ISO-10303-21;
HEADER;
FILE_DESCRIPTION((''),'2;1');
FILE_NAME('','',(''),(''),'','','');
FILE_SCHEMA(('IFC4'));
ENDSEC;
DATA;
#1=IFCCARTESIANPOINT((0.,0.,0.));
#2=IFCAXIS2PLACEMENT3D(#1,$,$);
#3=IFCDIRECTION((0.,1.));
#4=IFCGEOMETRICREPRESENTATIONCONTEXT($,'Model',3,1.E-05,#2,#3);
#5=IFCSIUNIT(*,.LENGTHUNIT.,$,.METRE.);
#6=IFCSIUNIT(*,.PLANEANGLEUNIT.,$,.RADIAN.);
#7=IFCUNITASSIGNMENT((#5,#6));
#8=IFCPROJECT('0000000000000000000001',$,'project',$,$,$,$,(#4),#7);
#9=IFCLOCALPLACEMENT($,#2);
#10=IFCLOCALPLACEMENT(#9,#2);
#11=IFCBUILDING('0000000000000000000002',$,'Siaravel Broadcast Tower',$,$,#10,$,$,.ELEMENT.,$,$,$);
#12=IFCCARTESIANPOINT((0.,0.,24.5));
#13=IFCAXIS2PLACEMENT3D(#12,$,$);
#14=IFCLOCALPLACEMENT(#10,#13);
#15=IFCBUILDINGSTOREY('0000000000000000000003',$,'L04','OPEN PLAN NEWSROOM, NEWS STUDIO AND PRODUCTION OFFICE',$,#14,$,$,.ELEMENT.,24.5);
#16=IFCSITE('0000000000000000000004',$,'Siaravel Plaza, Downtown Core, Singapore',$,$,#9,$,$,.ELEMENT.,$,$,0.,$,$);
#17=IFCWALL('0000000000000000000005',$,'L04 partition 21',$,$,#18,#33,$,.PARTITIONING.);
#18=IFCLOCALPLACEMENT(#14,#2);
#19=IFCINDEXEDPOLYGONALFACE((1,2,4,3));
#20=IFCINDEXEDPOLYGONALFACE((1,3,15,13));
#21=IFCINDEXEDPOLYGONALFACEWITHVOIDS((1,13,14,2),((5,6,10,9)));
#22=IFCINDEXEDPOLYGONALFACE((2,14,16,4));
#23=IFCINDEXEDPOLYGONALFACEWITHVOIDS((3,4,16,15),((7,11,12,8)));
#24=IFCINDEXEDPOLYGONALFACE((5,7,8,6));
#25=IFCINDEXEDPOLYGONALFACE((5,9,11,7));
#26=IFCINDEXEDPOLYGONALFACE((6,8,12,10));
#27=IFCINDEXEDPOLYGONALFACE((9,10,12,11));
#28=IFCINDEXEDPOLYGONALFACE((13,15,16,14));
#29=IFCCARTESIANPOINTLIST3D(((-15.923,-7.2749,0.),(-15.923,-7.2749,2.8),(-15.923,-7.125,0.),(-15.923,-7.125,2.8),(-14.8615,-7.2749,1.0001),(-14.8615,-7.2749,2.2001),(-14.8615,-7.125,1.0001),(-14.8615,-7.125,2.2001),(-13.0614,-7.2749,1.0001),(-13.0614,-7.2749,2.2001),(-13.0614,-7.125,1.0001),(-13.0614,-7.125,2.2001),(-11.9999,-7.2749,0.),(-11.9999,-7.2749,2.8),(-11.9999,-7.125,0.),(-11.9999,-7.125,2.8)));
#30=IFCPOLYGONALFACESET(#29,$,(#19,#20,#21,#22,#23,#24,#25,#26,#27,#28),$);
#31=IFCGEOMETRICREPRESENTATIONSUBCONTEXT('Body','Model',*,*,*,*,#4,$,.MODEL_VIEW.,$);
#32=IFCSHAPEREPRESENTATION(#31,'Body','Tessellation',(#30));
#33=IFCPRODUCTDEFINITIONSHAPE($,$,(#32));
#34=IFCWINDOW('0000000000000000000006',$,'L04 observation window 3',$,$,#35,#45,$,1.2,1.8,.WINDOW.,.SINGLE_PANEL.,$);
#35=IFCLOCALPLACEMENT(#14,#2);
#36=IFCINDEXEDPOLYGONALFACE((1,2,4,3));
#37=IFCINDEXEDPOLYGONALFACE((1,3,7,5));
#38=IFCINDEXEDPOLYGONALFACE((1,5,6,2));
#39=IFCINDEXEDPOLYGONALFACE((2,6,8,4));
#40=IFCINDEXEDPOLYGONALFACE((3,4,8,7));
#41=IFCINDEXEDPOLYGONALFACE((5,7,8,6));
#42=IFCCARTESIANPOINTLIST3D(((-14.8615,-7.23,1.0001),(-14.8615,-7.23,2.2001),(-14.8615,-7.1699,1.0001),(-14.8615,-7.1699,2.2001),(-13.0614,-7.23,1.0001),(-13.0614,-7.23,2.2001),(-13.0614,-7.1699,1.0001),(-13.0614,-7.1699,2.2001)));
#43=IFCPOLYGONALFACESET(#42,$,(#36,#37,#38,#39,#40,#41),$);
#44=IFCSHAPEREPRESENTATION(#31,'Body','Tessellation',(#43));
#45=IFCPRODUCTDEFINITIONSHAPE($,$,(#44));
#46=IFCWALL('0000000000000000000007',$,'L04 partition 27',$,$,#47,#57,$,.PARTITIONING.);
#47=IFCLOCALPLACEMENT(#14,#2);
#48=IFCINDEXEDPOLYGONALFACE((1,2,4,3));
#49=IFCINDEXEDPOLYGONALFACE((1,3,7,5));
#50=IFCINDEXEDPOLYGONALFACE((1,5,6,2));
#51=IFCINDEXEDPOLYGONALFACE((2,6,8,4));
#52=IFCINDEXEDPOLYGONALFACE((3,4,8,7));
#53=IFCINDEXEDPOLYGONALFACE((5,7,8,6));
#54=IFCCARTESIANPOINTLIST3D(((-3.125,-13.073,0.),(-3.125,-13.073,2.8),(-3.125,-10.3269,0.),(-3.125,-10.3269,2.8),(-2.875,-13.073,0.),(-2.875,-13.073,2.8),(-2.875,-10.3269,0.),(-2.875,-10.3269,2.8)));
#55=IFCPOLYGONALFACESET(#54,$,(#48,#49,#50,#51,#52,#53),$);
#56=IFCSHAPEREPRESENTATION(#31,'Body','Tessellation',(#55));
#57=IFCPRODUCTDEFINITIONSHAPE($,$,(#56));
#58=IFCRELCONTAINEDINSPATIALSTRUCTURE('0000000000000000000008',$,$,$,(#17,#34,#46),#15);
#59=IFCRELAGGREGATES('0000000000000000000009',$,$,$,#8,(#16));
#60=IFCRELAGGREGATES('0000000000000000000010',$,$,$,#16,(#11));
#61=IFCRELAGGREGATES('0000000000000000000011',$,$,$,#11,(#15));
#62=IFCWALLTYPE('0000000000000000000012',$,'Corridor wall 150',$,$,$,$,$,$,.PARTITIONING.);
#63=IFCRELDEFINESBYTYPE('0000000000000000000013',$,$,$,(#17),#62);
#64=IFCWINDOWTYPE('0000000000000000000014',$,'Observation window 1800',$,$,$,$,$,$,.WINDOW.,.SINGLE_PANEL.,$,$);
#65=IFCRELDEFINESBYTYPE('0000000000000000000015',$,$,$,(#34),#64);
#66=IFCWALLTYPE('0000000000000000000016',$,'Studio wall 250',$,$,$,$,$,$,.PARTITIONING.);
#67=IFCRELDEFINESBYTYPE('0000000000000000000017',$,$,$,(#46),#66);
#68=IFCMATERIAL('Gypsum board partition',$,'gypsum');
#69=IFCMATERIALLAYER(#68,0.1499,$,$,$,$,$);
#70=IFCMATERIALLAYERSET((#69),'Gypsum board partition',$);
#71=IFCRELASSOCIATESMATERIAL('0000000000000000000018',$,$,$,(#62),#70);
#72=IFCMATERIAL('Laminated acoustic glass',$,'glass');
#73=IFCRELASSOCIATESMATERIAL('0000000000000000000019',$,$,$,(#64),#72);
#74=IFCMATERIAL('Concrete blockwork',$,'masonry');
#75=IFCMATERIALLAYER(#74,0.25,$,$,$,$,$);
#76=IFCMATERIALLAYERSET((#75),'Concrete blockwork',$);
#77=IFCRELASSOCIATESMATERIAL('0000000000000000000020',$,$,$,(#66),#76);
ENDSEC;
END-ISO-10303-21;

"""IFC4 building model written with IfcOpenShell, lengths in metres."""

from ifc_helpers import new_model, si_unit, direction, frame, frame_2d, origin, place, context, subcontext, project, spatial, rectangle, extrude, material, layer, layer_set, type_object, element, fill, save


model = new_model("IFC4")

# Units and contexts
model_context = context("Model", 3, precision=1e-05, world=origin(), true_north=direction((0.0, 1.0)))
body_context = subcontext(model_context, "Body", "Model", "MODEL_VIEW")
ifc_project = project(units=[si_unit("LENGTHUNIT", "METRE"), si_unit("PLANEANGLEUNIT", "RADIAN")], contexts=[model_context])

# Site, building, storey
site_placement = place(None, origin())
site = spatial("IfcSite", under=ifc_project, at=site_placement, Name="Siaravel Plaza, Downtown Core, Singapore", CompositionType="ELEMENT", RefElevation=0.0)
building_placement = place(site_placement, origin())
building = spatial("IfcBuilding", under=site, at=building_placement, Name="Siaravel Broadcast Tower", CompositionType="ELEMENT")
storey_placement = place(building_placement, frame((0.0, 0.0, 24.5)))
storey = spatial("IfcBuildingStorey", under=building, at=storey_placement, Name="L04", Description="OPEN PLAN NEWSROOM, NEWS STUDIO AND PRODUCTION OFFICE", CompositionType="ELEMENT", Elevation=24.5)

# Wall, opening, window
ifc_material_1 = material(Name="Gypsum board partition", Category="gypsum")
ifc_layer_1 = layer(ifc_material_1, 0.1499)
ifc_layer_set_1 = layer_set([ifc_layer_1], Name="Gypsum board partition")
wall_type_1 = type_object("IfcWallType", Name="Corridor wall 150", PredefinedType="PARTITIONING", material=ifc_layer_set_1)
wall_1_placement = place(storey_placement, frame((-12.0, -7.2, 0.0), z_axis=(0.0, 0.0, 1.0), x_axis=(-1.0, 0.0, 0.0)))
wall_1 = element("IfcWall", 1, at=wall_1_placement, inside=storey, type_object=wall_type_1, Name="L04 partition 21", PredefinedType="PARTITIONING", context=body_context, shape_type="SweptSolid", body=[
    extrude(rectangle(XDim=3.9231, YDim=0.1499, at=frame_2d((1.9614, 0.0))), origin(), (0.0, 0.0, 1.0), 2.8),
])
opening_1_placement = place(wall_1_placement, frame((1.0615, 0.0, 1.0)))
opening_1 = element("IfcOpeningElement", 2, at=opening_1_placement, cuts=wall_1, PredefinedType="OPENING", context=body_context, shape_type="SweptSolid", body=[
    extrude(rectangle(XDim=1.8, YDim=1.2, at=frame_2d((0.8999, 0.6001))), frame((0.0, 0.085, 0.0), z_axis=(0.0, -1.0, 0.0), x_axis=(1.0, 0.0, 0.0)), (0.0, 0.0, 1.0), 0.1699),
])
ifc_material_2 = material(Name="Laminated acoustic glass", Category="glass")
window_type = type_object("IfcWindowType", Name="Observation window 1800", PartitioningType="SINGLE_PANEL", PredefinedType="WINDOW", material=ifc_material_2)
window_placement = place(opening_1_placement, origin())
window = element("IfcWindow", 3, at=window_placement, inside=storey, type_object=window_type, Name="L04 observation window 3", OverallHeight=1.2, OverallWidth=1.8, PartitioningType="SINGLE_PANEL", PredefinedType="WINDOW", context=body_context, shape_type="SweptSolid", body=[
    extrude(rectangle(XDim=1.8, YDim=1.2, at=frame_2d((0.8999, 0.6001))), frame((0.0, 0.03, 0.0), z_axis=(0.0, -1.0, 0.0), x_axis=(1.0, 0.0, 0.0)), (0.0, 0.0, 1.0), 0.0601),
])
fill(opening_1, window)

# Shared definitions
ifc_material_3 = material(Name="Concrete blockwork", Category="masonry")
ifc_layer_2 = layer(ifc_material_3, 0.25)
ifc_layer_set_2 = layer_set([ifc_layer_2], Name="Concrete blockwork")
wall_type_2 = type_object("IfcWallType", Name="Studio wall 250", PredefinedType="PARTITIONING", material=ifc_layer_set_2)

# Wall
wall_2_placement = place(storey_placement, frame((-3.0, -10.3269, 0.0), z_axis=(0.0, 0.0, 1.0), x_axis=(0.0, -1.0, 0.0)))
element("IfcWall", 4, at=wall_2_placement, inside=storey, type_object=wall_type_2, Name="L04 partition 27", PredefinedType="PARTITIONING", context=body_context, shape_type="SweptSolid", body=[
    extrude(rectangle(XDim=2.7461, YDim=0.25, at=frame_2d((1.373, 0.0))), origin(), (0.0, 0.0, 1.0), 2.8),
])

save(model, "model.ifc")
